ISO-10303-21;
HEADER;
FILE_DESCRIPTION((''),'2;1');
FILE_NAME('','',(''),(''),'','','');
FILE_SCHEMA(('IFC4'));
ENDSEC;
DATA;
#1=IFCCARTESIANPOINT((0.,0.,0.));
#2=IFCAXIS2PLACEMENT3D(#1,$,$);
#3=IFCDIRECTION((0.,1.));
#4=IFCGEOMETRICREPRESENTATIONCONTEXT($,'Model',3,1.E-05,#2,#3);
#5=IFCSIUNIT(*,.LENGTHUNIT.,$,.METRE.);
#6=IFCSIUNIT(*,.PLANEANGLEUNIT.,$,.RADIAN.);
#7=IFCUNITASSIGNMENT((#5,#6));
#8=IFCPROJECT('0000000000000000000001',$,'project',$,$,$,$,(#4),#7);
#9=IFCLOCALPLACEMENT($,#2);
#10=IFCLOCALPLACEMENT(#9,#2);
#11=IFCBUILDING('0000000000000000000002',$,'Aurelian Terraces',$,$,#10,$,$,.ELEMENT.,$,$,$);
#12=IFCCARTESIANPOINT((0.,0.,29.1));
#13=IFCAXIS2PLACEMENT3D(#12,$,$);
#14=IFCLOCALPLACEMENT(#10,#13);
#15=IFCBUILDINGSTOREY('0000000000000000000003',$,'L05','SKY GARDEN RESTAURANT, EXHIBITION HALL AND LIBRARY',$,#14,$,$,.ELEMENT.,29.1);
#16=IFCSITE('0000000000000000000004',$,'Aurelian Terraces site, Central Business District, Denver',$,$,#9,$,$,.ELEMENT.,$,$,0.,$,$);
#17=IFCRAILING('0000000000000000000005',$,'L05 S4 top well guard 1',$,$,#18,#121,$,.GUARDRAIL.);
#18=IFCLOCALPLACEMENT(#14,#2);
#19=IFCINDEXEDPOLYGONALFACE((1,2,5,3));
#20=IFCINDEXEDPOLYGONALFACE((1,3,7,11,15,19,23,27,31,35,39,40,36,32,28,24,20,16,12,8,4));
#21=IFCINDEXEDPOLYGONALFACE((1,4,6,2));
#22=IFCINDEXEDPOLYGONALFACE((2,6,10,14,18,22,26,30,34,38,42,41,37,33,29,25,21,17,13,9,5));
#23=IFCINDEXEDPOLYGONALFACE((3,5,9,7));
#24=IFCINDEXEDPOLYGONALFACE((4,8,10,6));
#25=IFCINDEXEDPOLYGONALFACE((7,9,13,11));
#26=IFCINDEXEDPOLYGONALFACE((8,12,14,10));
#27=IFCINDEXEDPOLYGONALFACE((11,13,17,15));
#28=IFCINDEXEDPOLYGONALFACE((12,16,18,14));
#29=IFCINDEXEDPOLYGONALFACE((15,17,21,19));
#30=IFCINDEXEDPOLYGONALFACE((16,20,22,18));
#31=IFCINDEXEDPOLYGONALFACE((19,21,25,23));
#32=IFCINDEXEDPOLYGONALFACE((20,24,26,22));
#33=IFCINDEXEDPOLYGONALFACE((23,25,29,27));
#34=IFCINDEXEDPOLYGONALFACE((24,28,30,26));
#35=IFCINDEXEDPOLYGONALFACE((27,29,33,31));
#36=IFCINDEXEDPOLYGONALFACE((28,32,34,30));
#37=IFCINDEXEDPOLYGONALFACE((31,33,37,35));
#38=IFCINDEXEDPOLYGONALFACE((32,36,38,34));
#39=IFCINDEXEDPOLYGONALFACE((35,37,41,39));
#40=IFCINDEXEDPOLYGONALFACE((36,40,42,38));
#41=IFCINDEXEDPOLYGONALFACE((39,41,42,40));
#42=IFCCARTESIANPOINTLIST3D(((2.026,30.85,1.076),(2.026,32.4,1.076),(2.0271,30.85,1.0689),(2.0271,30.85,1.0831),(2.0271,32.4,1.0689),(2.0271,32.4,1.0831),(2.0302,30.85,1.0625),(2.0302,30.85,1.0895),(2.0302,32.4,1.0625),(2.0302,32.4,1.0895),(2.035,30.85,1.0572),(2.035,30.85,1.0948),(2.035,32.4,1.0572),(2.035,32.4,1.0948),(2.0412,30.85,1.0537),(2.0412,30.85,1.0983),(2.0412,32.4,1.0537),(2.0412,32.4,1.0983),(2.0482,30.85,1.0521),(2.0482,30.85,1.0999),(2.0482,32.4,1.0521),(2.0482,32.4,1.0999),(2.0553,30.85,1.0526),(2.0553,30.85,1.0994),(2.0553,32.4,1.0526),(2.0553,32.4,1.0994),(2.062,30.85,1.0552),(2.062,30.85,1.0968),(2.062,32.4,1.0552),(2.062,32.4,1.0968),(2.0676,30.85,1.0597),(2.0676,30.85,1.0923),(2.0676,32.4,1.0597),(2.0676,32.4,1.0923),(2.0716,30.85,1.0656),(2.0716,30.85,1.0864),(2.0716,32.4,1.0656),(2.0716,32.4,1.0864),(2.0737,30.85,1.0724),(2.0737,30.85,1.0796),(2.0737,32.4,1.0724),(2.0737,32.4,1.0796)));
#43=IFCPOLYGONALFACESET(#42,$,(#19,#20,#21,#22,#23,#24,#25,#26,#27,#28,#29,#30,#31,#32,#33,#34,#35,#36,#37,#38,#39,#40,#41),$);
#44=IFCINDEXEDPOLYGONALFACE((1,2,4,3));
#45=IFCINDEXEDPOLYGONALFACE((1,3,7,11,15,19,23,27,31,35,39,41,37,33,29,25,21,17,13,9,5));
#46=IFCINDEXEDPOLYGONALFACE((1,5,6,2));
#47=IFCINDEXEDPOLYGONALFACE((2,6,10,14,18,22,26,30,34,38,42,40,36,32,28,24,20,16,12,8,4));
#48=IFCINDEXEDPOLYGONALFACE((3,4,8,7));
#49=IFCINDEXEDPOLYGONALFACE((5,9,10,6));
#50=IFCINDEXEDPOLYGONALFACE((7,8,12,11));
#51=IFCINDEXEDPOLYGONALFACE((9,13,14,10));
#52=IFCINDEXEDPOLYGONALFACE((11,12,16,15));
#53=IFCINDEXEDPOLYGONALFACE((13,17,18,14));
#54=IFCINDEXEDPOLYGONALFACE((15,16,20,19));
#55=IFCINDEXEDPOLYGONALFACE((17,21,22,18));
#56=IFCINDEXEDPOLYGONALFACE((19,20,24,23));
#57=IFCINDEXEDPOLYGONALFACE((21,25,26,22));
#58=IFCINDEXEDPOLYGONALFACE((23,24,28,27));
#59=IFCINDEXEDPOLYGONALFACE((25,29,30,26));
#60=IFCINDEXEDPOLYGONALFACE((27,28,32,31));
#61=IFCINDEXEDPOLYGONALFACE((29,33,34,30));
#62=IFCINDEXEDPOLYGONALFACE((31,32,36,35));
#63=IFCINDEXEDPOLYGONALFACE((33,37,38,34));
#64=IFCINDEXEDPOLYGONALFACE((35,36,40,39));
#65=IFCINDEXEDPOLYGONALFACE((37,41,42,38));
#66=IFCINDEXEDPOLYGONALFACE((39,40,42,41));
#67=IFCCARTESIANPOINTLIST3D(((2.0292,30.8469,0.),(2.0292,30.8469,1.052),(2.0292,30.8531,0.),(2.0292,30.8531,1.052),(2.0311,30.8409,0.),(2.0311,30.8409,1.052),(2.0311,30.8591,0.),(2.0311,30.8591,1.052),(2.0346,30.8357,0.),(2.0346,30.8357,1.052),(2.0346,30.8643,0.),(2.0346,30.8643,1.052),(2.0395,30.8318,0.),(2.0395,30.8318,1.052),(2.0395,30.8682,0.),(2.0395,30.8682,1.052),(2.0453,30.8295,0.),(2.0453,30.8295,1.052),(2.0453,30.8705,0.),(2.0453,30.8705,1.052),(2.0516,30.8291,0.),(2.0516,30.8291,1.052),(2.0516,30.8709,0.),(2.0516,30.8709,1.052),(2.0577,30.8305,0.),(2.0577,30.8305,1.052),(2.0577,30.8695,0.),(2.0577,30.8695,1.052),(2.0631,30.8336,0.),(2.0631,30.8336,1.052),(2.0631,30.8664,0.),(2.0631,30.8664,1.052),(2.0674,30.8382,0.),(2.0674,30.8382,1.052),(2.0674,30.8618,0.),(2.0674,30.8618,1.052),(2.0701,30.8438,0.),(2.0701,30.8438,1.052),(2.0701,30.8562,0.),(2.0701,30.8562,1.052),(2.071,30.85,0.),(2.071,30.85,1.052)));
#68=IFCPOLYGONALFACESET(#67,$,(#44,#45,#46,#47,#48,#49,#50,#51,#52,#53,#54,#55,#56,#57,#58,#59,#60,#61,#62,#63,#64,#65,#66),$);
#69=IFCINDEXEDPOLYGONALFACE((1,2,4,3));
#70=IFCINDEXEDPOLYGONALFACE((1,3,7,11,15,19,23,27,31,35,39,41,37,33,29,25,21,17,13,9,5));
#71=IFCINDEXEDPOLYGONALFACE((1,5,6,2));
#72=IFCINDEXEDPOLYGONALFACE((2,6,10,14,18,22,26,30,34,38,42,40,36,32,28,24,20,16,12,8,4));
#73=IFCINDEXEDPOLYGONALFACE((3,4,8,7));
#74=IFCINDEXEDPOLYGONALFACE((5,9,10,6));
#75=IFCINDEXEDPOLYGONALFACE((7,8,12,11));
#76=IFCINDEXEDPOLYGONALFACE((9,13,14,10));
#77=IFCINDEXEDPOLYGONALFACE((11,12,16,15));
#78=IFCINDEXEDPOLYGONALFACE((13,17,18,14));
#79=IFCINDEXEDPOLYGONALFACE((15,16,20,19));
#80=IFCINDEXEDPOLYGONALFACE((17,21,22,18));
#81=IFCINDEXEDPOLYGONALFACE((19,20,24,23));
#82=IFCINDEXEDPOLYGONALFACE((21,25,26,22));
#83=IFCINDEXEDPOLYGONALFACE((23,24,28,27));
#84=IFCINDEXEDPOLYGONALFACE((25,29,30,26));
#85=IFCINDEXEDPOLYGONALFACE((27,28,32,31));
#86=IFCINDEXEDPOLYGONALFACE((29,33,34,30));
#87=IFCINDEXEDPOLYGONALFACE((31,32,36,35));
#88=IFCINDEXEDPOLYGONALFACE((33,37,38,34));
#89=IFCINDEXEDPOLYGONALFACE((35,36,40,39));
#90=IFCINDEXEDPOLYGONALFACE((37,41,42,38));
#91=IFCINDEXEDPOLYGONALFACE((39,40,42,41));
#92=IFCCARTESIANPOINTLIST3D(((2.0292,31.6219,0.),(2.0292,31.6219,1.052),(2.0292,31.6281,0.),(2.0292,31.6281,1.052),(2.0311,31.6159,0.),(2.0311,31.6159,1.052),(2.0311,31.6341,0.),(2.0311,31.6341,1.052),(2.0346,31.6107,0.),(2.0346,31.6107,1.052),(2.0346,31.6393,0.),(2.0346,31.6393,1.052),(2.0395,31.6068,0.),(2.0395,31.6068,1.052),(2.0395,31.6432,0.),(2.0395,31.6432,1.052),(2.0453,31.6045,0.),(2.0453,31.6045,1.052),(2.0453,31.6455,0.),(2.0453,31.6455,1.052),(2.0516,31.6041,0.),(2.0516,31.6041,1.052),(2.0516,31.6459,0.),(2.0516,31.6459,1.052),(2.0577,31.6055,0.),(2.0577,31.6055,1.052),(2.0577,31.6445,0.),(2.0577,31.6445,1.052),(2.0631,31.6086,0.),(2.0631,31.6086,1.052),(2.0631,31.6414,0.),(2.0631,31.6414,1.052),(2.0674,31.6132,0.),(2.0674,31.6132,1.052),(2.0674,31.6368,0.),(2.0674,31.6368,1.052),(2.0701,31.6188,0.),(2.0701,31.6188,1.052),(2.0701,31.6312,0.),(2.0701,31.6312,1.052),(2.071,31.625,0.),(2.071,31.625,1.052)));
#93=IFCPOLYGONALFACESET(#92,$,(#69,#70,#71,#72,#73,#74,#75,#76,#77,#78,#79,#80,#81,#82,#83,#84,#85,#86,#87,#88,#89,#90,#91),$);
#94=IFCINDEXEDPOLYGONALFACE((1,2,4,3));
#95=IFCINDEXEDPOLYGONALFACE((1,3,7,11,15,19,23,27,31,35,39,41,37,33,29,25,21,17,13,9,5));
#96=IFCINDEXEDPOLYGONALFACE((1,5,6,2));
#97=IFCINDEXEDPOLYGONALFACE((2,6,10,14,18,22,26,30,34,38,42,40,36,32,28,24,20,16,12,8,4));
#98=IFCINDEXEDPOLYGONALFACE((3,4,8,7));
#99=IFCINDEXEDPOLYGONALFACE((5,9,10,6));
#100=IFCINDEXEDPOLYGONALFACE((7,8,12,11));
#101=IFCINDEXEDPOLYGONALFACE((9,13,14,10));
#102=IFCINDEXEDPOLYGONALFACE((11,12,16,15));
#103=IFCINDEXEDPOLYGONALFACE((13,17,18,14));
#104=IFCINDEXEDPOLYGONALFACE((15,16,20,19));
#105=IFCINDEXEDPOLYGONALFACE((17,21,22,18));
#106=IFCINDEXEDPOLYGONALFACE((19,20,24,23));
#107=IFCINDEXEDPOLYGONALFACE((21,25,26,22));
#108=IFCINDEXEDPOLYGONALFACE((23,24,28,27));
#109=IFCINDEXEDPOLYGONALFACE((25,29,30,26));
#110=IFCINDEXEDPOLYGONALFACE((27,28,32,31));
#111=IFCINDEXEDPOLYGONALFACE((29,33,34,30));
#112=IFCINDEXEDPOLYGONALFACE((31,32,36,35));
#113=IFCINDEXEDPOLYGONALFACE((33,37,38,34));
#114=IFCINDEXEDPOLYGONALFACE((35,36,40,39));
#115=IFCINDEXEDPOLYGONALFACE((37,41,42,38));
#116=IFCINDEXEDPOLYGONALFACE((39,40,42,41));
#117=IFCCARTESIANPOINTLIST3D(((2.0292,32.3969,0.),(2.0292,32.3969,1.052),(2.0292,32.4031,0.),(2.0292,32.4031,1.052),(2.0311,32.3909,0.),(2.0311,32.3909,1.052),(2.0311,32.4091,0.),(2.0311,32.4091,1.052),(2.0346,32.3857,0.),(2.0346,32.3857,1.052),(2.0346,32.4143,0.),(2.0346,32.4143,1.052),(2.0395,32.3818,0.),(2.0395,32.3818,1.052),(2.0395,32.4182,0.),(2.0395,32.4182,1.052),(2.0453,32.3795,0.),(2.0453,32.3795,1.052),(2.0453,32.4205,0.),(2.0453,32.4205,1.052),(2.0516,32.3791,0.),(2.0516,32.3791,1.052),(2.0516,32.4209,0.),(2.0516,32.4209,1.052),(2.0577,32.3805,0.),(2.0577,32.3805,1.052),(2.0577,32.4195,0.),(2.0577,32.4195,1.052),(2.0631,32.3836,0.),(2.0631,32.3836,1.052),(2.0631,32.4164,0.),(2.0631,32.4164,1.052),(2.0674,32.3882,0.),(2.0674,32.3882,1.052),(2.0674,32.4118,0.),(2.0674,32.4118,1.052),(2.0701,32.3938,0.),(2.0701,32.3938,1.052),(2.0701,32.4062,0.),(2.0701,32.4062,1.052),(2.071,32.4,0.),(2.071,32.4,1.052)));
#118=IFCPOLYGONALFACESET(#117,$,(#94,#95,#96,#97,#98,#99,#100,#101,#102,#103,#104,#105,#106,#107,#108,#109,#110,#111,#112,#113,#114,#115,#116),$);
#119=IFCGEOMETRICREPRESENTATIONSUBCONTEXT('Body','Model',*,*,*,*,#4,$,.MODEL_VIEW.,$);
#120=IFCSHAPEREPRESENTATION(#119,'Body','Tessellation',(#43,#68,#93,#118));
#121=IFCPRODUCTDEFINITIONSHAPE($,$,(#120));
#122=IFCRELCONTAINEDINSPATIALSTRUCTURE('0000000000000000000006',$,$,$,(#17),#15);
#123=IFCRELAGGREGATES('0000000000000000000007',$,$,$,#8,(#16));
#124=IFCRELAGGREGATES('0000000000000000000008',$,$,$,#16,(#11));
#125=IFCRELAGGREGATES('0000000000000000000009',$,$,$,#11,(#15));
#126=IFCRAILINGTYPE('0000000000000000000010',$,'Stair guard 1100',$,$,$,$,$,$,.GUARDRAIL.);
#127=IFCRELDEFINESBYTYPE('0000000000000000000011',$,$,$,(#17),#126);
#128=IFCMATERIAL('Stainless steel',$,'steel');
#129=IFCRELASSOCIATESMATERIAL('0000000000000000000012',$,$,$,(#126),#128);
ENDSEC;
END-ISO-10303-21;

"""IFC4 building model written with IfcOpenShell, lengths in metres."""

from ifc_helpers import new_model, si_unit, direction, frame, origin, origin_2d, place, context, subcontext, project, spatial, circle, extrude, source, transform, mapped, material, type_object, element, save


model = new_model("IFC4")

# Units and contexts
model_context = context("Model", 3, precision=1e-05, world=origin(), true_north=direction((0.0, 1.0)))
body_context = subcontext(model_context, "Body", "Model", "MODEL_VIEW")
ifc_project = project(units=[si_unit("LENGTHUNIT", "METRE"), si_unit("PLANEANGLEUNIT", "RADIAN")], contexts=[model_context])

# Site, building, storey
site_placement = place(None, origin())
site = spatial("IfcSite", under=ifc_project, at=site_placement, Name="Aurelian Terraces site, Central Business District, Denver", CompositionType="ELEMENT", RefElevation=0.0)
building_placement = place(site_placement, origin())
building = spatial("IfcBuilding", under=site, at=building_placement, Name="Aurelian Terraces", CompositionType="ELEMENT")
storey_placement = place(building_placement, frame((0.0, 0.0, 29.1)))
storey = spatial("IfcBuildingStorey", under=building, at=storey_placement, Name="L05", Description="SKY GARDEN RESTAURANT, EXHIBITION HALL AND LIBRARY", CompositionType="ELEMENT", Elevation=29.1)

# Railing
ifc_material_1 = material(Name="Stainless steel", Category="steel")
railing_type_1 = type_object("IfcRailingType", Name="Stair guard 1100", PredefinedType="GUARDRAIL", material=ifc_material_1)
shared_shape_1 = source(origin(), body_context, "Body", "SweptSolid", [
    extrude(circle(Radius=0.024, at=origin_2d()), frame((0.0, 0.0, 1.076), z_axis=(0.0, 1.0, 0.0), x_axis=(-1.0, 0.0, 0.0)), (0.0, 0.0, 1.0), 1.55),
    extrude(circle(Radius=0.021, at=origin_2d()), origin(), (0.0, 0.0, 1.0), 1.052),
    extrude(circle(Radius=0.021, at=origin_2d()), frame((0.0, 0.775, 0.0)), (0.0, 0.0, 1.0), 1.052),
    extrude(circle(Radius=0.021, at=origin_2d()), frame((0.0, 1.55, 0.0)), (0.0, 0.0, 1.0), 1.052),
])
railing_1_placement = place(storey_placement, frame((2.05, 30.85, 0.0)))
element("IfcRailing", 1, at=railing_1_placement, inside=storey, type_object=railing_type_1, Name="L05 S4 top well guard 1", PredefinedType="GUARDRAIL", context=body_context, shape_type="MappedRepresentation", body=[
    mapped(shared_shape_1, transform((0.0, 0.0, 0.0), scale=1.0)),
])

save(model, "model.ifc")
